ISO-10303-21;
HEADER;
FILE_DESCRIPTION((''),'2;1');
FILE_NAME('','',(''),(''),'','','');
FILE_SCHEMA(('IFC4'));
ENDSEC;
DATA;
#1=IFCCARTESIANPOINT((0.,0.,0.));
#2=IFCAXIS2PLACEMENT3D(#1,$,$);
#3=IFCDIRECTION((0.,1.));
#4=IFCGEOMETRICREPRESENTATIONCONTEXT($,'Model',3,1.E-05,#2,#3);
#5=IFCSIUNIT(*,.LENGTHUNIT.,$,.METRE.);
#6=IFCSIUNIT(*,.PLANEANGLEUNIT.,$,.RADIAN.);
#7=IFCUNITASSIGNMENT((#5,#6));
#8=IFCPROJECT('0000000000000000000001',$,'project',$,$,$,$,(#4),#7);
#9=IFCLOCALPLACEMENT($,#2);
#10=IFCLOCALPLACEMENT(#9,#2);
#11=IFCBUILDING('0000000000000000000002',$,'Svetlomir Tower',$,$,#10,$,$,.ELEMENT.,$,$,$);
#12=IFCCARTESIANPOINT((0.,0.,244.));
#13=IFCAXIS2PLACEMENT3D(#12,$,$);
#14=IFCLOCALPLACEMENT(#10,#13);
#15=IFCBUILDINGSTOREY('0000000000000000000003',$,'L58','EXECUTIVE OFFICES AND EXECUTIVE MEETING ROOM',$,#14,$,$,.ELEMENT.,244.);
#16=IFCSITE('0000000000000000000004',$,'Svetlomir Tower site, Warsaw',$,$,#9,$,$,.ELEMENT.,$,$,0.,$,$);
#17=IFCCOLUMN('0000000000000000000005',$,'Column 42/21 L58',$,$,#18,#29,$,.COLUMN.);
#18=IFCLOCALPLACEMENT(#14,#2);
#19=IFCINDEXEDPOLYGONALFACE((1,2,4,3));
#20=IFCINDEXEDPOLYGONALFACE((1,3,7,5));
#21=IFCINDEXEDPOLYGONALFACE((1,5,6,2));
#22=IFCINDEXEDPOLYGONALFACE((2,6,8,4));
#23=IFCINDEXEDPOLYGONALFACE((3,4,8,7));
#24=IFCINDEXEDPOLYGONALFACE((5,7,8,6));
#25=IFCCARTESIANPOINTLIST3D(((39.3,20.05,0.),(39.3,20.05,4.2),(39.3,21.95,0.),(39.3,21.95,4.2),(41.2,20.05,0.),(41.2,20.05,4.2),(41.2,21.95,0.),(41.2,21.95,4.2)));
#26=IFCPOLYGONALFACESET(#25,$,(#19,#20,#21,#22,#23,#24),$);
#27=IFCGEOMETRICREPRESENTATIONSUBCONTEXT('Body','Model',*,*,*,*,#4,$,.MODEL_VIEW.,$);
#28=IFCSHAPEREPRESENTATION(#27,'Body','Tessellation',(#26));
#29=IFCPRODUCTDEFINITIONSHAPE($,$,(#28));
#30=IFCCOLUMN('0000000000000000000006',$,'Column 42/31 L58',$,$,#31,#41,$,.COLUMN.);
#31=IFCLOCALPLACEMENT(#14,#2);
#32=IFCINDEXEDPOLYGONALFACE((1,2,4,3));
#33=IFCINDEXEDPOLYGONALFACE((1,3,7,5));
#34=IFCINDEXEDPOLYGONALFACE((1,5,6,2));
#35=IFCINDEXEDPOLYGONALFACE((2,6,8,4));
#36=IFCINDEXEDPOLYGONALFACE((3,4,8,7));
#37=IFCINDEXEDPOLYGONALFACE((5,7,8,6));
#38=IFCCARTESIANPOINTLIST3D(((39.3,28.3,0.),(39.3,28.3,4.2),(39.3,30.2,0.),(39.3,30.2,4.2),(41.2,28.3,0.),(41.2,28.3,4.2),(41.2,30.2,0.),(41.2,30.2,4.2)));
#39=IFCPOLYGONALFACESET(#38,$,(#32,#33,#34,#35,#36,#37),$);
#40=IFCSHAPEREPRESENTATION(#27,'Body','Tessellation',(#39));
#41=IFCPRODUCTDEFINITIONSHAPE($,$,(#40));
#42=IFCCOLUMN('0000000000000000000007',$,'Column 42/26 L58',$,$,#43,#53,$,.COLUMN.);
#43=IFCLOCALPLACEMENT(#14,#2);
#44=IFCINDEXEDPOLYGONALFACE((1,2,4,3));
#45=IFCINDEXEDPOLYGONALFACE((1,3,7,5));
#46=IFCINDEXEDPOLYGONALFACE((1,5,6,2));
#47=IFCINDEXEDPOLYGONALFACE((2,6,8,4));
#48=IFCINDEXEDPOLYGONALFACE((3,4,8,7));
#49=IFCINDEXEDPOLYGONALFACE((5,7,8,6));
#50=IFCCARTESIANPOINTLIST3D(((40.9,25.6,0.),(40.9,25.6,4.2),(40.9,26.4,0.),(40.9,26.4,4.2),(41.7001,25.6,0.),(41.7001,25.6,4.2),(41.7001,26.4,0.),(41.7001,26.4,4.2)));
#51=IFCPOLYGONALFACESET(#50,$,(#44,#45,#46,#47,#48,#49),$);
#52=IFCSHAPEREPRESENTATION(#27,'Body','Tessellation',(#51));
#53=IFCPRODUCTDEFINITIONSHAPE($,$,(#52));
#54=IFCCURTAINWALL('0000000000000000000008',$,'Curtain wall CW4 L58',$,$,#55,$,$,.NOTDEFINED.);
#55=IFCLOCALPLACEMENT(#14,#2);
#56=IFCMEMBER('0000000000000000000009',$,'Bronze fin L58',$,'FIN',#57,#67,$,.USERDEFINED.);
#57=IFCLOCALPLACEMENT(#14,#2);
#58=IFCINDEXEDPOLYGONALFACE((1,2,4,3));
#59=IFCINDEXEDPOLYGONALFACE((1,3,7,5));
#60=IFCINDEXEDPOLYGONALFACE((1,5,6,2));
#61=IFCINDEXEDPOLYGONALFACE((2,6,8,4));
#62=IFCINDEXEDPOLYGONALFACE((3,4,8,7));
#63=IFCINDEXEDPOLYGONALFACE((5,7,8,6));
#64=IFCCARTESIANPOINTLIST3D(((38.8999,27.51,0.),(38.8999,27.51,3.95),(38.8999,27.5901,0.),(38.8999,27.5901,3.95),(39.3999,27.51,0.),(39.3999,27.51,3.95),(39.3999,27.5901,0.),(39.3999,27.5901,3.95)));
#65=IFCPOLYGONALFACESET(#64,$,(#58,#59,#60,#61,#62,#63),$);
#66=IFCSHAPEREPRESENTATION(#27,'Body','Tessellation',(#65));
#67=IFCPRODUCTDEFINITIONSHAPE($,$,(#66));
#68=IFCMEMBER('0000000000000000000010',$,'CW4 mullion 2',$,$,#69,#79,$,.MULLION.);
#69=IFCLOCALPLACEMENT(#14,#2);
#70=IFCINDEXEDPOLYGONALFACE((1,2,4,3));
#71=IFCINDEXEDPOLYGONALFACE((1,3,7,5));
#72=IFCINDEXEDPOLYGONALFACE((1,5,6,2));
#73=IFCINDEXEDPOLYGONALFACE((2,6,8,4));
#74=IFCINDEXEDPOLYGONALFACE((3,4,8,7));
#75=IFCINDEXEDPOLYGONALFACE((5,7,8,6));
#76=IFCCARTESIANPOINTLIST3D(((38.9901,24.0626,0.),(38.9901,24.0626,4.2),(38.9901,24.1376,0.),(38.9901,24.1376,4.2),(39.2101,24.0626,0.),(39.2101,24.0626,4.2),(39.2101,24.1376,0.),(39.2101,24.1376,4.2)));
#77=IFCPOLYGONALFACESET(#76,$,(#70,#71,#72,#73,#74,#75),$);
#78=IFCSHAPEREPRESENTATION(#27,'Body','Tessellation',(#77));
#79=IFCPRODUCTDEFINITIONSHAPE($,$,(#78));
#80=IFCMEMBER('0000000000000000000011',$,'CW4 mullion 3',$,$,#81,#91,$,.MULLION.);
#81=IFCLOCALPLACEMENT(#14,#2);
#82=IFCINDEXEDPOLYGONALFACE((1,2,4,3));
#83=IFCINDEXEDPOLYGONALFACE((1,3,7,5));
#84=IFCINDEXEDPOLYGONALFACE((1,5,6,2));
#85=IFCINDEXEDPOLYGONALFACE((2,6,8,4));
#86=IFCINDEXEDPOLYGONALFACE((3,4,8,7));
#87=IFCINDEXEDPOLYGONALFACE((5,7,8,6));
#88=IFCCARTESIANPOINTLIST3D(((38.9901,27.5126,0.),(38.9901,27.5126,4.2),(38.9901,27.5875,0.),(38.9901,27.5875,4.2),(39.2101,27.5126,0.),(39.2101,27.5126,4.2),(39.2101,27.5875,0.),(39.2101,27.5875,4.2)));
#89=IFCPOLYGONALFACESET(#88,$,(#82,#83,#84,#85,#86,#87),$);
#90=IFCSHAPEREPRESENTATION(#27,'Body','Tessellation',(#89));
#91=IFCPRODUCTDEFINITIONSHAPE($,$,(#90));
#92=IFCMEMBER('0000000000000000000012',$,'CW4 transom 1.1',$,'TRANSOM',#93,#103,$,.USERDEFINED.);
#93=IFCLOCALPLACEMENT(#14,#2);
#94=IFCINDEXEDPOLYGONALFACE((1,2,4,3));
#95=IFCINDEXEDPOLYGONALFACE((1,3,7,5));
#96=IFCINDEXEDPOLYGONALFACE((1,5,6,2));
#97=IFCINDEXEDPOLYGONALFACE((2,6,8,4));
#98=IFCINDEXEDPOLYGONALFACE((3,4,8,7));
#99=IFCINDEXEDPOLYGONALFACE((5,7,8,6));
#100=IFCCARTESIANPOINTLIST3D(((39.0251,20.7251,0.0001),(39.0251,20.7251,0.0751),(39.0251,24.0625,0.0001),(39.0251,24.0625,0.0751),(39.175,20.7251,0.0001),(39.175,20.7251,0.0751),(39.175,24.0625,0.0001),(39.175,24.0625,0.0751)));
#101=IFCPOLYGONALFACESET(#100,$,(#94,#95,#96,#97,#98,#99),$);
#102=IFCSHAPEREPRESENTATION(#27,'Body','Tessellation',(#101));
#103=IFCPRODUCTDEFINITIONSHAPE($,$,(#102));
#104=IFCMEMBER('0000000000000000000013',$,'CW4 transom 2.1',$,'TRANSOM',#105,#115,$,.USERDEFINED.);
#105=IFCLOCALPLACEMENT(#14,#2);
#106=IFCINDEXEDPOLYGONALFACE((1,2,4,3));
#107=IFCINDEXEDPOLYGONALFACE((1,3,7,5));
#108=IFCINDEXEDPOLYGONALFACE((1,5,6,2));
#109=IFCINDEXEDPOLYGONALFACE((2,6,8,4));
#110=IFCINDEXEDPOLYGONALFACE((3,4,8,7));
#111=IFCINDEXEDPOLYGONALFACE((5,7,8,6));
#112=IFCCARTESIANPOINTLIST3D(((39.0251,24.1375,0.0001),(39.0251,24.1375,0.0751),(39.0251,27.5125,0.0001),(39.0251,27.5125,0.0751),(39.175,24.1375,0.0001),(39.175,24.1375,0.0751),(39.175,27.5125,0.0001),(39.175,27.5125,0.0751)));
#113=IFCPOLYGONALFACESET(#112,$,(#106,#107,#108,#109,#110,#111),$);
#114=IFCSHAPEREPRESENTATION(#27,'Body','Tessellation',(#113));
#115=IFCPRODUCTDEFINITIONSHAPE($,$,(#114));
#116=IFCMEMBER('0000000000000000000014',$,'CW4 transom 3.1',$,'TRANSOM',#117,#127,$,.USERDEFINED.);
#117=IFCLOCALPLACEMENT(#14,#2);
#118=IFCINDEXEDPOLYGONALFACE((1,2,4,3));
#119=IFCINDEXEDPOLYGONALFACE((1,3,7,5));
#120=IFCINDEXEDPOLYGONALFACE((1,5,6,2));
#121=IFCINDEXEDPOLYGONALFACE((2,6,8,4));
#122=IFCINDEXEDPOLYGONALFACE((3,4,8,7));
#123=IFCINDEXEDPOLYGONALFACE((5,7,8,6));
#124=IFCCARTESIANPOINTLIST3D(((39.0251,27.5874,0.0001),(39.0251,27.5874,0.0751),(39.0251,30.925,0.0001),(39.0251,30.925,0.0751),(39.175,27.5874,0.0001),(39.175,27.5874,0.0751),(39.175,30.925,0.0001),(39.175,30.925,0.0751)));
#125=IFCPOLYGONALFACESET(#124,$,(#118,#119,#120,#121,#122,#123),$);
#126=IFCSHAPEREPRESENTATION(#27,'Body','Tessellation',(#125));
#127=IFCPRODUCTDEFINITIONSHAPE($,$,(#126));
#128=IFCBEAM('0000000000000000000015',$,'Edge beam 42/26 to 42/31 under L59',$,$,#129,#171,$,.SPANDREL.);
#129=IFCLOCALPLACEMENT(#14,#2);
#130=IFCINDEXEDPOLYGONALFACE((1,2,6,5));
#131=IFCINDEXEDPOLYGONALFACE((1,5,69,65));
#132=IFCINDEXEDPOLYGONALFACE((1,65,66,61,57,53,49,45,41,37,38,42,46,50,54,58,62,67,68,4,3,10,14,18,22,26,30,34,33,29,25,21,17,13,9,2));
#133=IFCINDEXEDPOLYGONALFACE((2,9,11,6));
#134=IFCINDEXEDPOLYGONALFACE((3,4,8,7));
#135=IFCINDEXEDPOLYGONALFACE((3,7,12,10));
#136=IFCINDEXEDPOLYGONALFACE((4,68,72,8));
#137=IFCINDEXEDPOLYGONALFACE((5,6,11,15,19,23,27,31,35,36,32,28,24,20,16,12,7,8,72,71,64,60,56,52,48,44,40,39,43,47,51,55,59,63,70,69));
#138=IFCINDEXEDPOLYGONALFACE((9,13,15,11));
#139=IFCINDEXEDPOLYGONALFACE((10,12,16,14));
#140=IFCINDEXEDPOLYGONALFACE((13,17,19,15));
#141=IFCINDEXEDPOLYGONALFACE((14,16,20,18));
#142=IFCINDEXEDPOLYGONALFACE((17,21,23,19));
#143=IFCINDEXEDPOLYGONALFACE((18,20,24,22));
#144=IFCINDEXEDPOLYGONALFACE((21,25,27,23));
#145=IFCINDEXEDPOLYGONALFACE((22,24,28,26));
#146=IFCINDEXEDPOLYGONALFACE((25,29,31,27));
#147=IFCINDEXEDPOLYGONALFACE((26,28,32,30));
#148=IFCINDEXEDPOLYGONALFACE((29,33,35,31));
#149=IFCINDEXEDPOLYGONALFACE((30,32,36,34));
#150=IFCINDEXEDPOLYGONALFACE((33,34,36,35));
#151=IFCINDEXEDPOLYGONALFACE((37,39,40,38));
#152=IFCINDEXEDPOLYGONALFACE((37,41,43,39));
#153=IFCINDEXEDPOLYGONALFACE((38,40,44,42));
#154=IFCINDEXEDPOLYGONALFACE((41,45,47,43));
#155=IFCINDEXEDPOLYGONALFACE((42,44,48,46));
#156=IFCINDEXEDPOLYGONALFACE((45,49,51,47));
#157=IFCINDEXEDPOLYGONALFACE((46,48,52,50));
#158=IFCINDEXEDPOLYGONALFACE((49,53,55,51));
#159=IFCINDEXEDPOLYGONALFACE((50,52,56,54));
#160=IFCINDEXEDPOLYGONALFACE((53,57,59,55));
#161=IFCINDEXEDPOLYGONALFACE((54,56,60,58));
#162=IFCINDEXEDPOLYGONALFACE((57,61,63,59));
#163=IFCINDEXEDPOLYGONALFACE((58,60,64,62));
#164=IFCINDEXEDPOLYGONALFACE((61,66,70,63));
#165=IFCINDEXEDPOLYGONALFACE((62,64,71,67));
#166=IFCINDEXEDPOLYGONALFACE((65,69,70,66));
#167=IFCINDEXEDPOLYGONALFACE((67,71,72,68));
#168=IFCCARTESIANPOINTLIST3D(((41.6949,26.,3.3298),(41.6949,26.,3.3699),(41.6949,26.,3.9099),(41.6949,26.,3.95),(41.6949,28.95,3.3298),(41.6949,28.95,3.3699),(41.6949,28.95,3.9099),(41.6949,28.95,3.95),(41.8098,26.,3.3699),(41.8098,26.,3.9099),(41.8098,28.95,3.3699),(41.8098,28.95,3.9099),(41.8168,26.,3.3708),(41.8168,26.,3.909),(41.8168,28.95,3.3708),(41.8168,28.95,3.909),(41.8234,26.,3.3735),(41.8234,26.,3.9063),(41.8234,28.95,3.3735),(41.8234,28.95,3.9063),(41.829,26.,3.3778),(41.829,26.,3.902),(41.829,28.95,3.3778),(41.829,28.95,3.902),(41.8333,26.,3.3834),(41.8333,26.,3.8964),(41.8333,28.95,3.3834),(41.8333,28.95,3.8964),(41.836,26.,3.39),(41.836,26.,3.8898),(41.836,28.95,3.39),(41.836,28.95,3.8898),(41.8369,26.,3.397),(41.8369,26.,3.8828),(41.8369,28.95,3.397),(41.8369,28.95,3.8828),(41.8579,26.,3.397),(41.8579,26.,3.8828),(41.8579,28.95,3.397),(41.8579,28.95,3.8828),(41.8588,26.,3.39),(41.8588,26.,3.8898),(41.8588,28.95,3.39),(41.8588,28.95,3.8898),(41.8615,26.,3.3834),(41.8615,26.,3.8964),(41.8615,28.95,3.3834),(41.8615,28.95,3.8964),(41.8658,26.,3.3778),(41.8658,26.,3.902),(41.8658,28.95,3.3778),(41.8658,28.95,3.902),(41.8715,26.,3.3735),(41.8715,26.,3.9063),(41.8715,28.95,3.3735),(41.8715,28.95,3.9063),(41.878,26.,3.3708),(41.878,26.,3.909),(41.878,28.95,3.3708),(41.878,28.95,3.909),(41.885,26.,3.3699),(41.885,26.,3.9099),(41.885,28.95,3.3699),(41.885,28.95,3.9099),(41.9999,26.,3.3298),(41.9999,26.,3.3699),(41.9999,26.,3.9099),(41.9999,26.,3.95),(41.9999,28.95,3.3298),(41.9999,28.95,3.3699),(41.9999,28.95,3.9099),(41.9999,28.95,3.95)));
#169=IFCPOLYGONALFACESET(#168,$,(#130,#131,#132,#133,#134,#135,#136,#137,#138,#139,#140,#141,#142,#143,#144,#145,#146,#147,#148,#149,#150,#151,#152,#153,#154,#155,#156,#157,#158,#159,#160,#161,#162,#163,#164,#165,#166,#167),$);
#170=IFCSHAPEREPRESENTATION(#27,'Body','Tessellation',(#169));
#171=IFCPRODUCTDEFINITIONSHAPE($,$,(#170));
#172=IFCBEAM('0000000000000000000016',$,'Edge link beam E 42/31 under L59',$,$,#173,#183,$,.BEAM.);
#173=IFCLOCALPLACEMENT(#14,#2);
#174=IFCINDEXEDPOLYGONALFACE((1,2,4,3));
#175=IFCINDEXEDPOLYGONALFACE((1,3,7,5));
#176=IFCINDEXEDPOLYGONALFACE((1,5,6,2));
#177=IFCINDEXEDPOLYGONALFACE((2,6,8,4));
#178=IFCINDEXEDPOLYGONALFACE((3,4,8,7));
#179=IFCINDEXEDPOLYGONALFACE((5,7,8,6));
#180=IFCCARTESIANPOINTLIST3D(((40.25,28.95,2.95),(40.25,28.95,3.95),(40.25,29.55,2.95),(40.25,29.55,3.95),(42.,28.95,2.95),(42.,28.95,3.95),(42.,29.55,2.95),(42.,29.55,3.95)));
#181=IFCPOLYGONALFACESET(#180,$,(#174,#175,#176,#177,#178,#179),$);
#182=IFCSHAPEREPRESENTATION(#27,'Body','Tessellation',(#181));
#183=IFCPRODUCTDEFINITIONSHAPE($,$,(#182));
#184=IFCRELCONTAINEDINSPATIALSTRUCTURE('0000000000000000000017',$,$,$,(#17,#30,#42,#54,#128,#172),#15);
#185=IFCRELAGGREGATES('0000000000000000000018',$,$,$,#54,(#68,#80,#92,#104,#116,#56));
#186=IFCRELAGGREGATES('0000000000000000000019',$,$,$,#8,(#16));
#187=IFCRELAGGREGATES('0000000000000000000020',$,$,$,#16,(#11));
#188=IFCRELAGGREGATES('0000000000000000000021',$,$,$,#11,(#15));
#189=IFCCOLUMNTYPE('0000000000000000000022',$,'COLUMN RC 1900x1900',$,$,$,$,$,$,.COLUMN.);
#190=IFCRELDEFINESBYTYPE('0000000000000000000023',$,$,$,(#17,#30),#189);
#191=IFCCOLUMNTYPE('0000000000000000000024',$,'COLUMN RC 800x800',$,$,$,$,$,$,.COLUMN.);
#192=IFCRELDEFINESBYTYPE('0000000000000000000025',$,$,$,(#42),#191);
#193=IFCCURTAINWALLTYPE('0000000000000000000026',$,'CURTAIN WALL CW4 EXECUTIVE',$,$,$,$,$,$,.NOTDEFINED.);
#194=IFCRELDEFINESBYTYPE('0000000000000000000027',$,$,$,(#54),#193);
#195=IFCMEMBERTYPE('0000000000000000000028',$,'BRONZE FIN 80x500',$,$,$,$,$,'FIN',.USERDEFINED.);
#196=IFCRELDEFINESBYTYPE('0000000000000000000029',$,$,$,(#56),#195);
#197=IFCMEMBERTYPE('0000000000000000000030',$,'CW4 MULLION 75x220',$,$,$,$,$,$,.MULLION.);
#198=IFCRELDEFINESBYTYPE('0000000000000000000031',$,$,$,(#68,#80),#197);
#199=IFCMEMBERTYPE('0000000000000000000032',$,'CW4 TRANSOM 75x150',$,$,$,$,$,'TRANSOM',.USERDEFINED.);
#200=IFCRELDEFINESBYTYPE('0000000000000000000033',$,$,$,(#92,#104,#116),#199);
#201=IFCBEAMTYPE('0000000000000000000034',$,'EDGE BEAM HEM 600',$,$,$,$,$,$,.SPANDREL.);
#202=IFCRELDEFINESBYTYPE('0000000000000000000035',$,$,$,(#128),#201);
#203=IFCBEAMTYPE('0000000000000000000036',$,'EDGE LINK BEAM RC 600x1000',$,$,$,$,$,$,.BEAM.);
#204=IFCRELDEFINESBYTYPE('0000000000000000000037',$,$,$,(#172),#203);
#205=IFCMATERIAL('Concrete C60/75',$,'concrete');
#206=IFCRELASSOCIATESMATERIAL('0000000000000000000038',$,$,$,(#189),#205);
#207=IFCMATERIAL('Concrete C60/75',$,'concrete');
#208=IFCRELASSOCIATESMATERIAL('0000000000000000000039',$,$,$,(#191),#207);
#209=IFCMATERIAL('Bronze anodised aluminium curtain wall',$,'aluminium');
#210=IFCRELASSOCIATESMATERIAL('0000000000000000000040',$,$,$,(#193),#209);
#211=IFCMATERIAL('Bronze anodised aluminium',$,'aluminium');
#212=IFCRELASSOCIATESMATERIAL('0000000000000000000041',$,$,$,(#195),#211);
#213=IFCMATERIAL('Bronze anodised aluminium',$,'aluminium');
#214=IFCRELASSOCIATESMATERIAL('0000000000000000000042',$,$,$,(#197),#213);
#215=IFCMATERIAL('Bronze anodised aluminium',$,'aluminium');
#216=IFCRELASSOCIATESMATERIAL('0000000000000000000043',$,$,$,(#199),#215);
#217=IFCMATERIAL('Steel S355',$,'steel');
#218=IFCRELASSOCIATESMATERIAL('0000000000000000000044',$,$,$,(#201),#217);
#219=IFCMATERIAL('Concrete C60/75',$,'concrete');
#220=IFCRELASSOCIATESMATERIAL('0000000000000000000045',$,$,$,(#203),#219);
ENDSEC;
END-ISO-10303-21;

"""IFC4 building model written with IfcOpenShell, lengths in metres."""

from ifc_helpers import new_model, si_unit, direction, frame, origin, origin_2d, place, context, subcontext, project, spatial, rectangle, i_section, extrude, material, material_profile, profile_set, type_object, element, aggregate, save


model = new_model("IFC4")

# Units and contexts
model_context = context("Model", 3, precision=1e-05, world=origin(), true_north=direction((0.0, 1.0)))
body_context = subcontext(model_context, "Body", "Model", "MODEL_VIEW")
ifc_project = project(units=[si_unit("LENGTHUNIT", "METRE"), si_unit("PLANEANGLEUNIT", "RADIAN")], contexts=[model_context])

# Site, building, storey
site_placement = place(None, origin())
site = spatial("IfcSite", under=ifc_project, at=site_placement, Name="Svetlomir Tower site, Warsaw", CompositionType="ELEMENT", RefElevation=0.0)
building_placement = place(site_placement, origin())
building = spatial("IfcBuilding", under=site, at=building_placement, Name="Svetlomir Tower", CompositionType="ELEMENT")
storey_placement = place(building_placement, frame((0.0, 0.0, 244.0)))
storey = spatial("IfcBuildingStorey", under=building, at=storey_placement, Name="L58", Description="EXECUTIVE OFFICES AND EXECUTIVE MEETING ROOM", CompositionType="ELEMENT", Elevation=244.0)

# Columns
ifc_material_1 = material(Name="Concrete C60/75", Category="concrete")
ifc_material_profile_1 = material_profile(ifc_material_1, rectangle(XDim=1.8999, YDim=1.8999, at=origin_2d()), Name="RC 1900x1900")
ifc_profile_set_1 = profile_set([ifc_material_profile_1], Name="Concrete C60/75")
column_type_1 = type_object("IfcColumnType", Name="COLUMN RC 1900x1900", PredefinedType="COLUMN", material=ifc_profile_set_1)
for number, where, z_axis, x_axis, name in (
    (1, (40.25, 21.0, 0.0), (0.0, 0.0, 1.0), (1.0, 0.0, 0.0), "Column 42/21 L58"),
    (2, (40.25, 29.25, 0.0), (0.0, 0.0, 1.0), (1.0, 0.0, 0.0), "Column 42/31 L58"),
):
    element("IfcColumn", number, at=place(storey_placement, frame(where, z_axis=z_axis, x_axis=x_axis)), inside=storey, type_object=column_type_1, Name=name, PredefinedType="COLUMN", context=body_context, shape_type="SweptSolid", body=[
        extrude(rectangle(XDim=1.8999, YDim=1.8999, at=origin_2d()), origin(), (0.0, 0.0, 1.0), 4.2),
    ])
ifc_material_2 = material(Name="Concrete C60/75", Category="concrete")
ifc_material_profile_2 = material_profile(ifc_material_2, rectangle(XDim=0.8, YDim=0.8, at=origin_2d()), Name="RC 800x800")
ifc_profile_set_2 = profile_set([ifc_material_profile_2], Name="Concrete C60/75")
column_type_2 = type_object("IfcColumnType", Name="COLUMN RC 800x800", PredefinedType="COLUMN", material=ifc_profile_set_2)
column_placement = place(storey_placement, frame((41.3, 26.0, 0.0), z_axis=(0.0, 0.0, 1.0), x_axis=(1.0, 0.0, 0.0)))
element("IfcColumn", 3, at=column_placement, inside=storey, type_object=column_type_2, Name="Column 42/26 L58", PredefinedType="COLUMN", context=body_context, shape_type="SweptSolid", body=[
    extrude(rectangle(XDim=0.8, YDim=0.8, at=origin_2d()), origin(), (0.0, 0.0, 1.0), 4.2),
])

# Curtain wall, members
ifc_material_3 = material(Name="Bronze anodised aluminium curtain wall", Category="aluminium")
curtain_wall_type = type_object("IfcCurtainWallType", Name="CURTAIN WALL CW4 EXECUTIVE", PredefinedType="NOTDEFINED", material=ifc_material_3)
curtain_wall_placement = place(storey_placement, origin())
curtain_wall = element("IfcCurtainWall", 4, at=curtain_wall_placement, inside=storey, type_object=curtain_wall_type, Name="Curtain wall CW4 L58", PredefinedType="NOTDEFINED")
ifc_material_4 = material(Name="Bronze anodised aluminium", Category="aluminium")
ifc_material_profile_3 = material_profile(ifc_material_4, rectangle(XDim=0.0801, YDim=0.5, at=origin_2d()), Name="FIN 80x500")
ifc_profile_set_3 = profile_set([ifc_material_profile_3], Name="Bronze anodised aluminium 6063-T6")
member_type_1 = type_object("IfcMemberType", Name="BRONZE FIN 80x500", ElementType="FIN", PredefinedType="USERDEFINED", material=ifc_profile_set_3)
member_1_placement = place(storey_placement, frame((39.1499, 27.55, 0.0), z_axis=(0.0, 0.0, 1.0), x_axis=(0.0, 1.0, 0.0)))
member_1 = element("IfcMember", 5, at=member_1_placement, type_object=member_type_1, Name="Bronze fin L58", ObjectType="FIN", PredefinedType="USERDEFINED", context=body_context, shape_type="SweptSolid", body=[
    extrude(rectangle(XDim=0.0801, YDim=0.5, at=origin_2d()), origin(), (0.0, 0.0, 1.0), 3.95),
])
ifc_material_5 = material(Name="Bronze anodised aluminium", Category="aluminium")
ifc_material_profile_4 = material_profile(ifc_material_5, rectangle(XDim=0.075, YDim=0.22, at=origin_2d()), Name="AL 75x220")
ifc_profile_set_4 = profile_set([ifc_material_profile_4], Name="Bronze anodised aluminium 6063-T6")
member_type_2 = type_object("IfcMemberType", Name="CW4 MULLION 75x220", PredefinedType="MULLION", material=ifc_profile_set_4)
member_2_placement = place(storey_placement, frame((39.1001, 24.1001, 0.0), z_axis=(0.0, 0.0, 1.0), x_axis=(0.0, 1.0, 0.0)))
member_2 = element("IfcMember", 6, at=member_2_placement, type_object=member_type_2, Name="CW4 mullion 2", PredefinedType="MULLION", context=body_context, shape_type="SweptSolid", body=[
    extrude(rectangle(XDim=0.075, YDim=0.22, at=origin_2d()), origin(), (0.0, 0.0, 1.0), 4.2),
])
member_3_placement = place(storey_placement, frame((39.1001, 27.55, 0.0), z_axis=(0.0, 0.0, 1.0), x_axis=(0.0, 1.0, 0.0)))
member_3 = element("IfcMember", 7, at=member_3_placement, type_object=member_type_2, Name="CW4 mullion 3", PredefinedType="MULLION", context=body_context, shape_type="SweptSolid", body=[
    extrude(rectangle(XDim=0.075, YDim=0.22, at=origin_2d()), origin(), (0.0, 0.0, 1.0), 4.2),
])
ifc_material_6 = material(Name="Bronze anodised aluminium", Category="aluminium")
ifc_material_profile_5 = material_profile(ifc_material_6, rectangle(XDim=0.1499, YDim=0.075, at=origin_2d()), Name="AL 150x75")
ifc_profile_set_5 = profile_set([ifc_material_profile_5], Name="Bronze anodised aluminium 6063-T6")
member_type_3 = type_object("IfcMemberType", Name="CW4 TRANSOM 75x150", ElementType="TRANSOM", PredefinedType="USERDEFINED", material=ifc_profile_set_5)
member_4_placement = place(storey_placement, frame((39.1001, 20.7251, 0.0376), z_axis=(0.0, 1.0, 0.0), x_axis=(-1.0, 0.0, 0.0)))
member_4 = element("IfcMember", 8, at=member_4_placement, type_object=member_type_3, Name="CW4 transom 1.1", ObjectType="TRANSOM", PredefinedType="USERDEFINED", context=body_context, shape_type="SweptSolid", body=[
    extrude(rectangle(XDim=0.1499, YDim=0.075, at=origin_2d()), origin(), (0.0, 0.0, 1.0), 3.3374),
])
member_5_placement = place(storey_placement, frame((39.1001, 24.1375, 0.0376), z_axis=(0.0, 1.0, 0.0), x_axis=(-1.0, 0.0, 0.0)))
member_5 = element("IfcMember", 9, at=member_5_placement, type_object=member_type_3, Name="CW4 transom 2.1", ObjectType="TRANSOM", PredefinedType="USERDEFINED", context=body_context, shape_type="SweptSolid", body=[
    extrude(rectangle(XDim=0.1499, YDim=0.075, at=origin_2d()), origin(), (0.0, 0.0, 1.0), 3.375),
])
member_6_placement = place(storey_placement, frame((39.1001, 27.5874, 0.0376), z_axis=(0.0, 1.0, 0.0), x_axis=(-1.0, 0.0, 0.0)))
member_6 = element("IfcMember", 10, at=member_6_placement, type_object=member_type_3, Name="CW4 transom 3.1", ObjectType="TRANSOM", PredefinedType="USERDEFINED", context=body_context, shape_type="SweptSolid", body=[
    extrude(rectangle(XDim=0.1499, YDim=0.075, at=origin_2d()), origin(), (0.0, 0.0, 1.0), 3.3376),
])

# Beams
ifc_material_7 = material(Name="Steel S355", Category="steel")
ifc_material_profile_6 = material_profile(ifc_material_7, i_section(OverallWidth=0.3049, OverallDepth=0.6201, WebThickness=0.021, FlangeThickness=0.04, FilletRadius=0.0271, at=origin_2d()), Name="HEM 600")
ifc_profile_set_6 = profile_set([ifc_material_profile_6], Name="Steel S355")
beam_type_1 = type_object("IfcBeamType", Name="EDGE BEAM HEM 600", PredefinedType="SPANDREL", material=ifc_profile_set_6)
beam_1_placement = place(storey_placement, frame((41.8474, 26.0, 3.6399), z_axis=(0.0, 1.0, 0.0), x_axis=(-1.0, 0.0, 0.0)))
element("IfcBeam", 11, at=beam_1_placement, inside=storey, type_object=beam_type_1, Name="Edge beam 42/26 to 42/31 under L59", PredefinedType="SPANDREL", context=body_context, shape_type="SweptSolid", body=[
    extrude(i_section(OverallWidth=0.3049, OverallDepth=0.6201, WebThickness=0.021, FlangeThickness=0.04, FilletRadius=0.0271, at=origin_2d()), origin(), (0.0, 0.0, 1.0), 2.95),
])
ifc_material_8 = material(Name="Concrete C60/75", Category="concrete")
ifc_material_profile_7 = material_profile(ifc_material_8, rectangle(XDim=0.6001, YDim=1.0, at=origin_2d()), Name="RC 600x1000")
ifc_profile_set_7 = profile_set([ifc_material_profile_7], Name="Concrete C60/75")
beam_type_2 = type_object("IfcBeamType", Name="EDGE LINK BEAM RC 600x1000", PredefinedType="BEAM", material=ifc_profile_set_7)
beam_2_placement = place(storey_placement, frame((40.25, 29.25, 3.45), z_axis=(1.0, 0.0, 0.0), x_axis=(0.0, 1.0, 0.0)))
element("IfcBeam", 12, at=beam_2_placement, inside=storey, type_object=beam_type_2, Name="Edge link beam E 42/31 under L59", PredefinedType="BEAM", context=body_context, shape_type="SweptSolid", body=[
    extrude(rectangle(XDim=0.6001, YDim=1.0, at=origin_2d()), origin(), (0.0, 0.0, 1.0), 1.75),
])

aggregate(curtain_wall, [member_2, member_3, member_4, member_5, member_6, member_1])

save(model, "model.ifc")
